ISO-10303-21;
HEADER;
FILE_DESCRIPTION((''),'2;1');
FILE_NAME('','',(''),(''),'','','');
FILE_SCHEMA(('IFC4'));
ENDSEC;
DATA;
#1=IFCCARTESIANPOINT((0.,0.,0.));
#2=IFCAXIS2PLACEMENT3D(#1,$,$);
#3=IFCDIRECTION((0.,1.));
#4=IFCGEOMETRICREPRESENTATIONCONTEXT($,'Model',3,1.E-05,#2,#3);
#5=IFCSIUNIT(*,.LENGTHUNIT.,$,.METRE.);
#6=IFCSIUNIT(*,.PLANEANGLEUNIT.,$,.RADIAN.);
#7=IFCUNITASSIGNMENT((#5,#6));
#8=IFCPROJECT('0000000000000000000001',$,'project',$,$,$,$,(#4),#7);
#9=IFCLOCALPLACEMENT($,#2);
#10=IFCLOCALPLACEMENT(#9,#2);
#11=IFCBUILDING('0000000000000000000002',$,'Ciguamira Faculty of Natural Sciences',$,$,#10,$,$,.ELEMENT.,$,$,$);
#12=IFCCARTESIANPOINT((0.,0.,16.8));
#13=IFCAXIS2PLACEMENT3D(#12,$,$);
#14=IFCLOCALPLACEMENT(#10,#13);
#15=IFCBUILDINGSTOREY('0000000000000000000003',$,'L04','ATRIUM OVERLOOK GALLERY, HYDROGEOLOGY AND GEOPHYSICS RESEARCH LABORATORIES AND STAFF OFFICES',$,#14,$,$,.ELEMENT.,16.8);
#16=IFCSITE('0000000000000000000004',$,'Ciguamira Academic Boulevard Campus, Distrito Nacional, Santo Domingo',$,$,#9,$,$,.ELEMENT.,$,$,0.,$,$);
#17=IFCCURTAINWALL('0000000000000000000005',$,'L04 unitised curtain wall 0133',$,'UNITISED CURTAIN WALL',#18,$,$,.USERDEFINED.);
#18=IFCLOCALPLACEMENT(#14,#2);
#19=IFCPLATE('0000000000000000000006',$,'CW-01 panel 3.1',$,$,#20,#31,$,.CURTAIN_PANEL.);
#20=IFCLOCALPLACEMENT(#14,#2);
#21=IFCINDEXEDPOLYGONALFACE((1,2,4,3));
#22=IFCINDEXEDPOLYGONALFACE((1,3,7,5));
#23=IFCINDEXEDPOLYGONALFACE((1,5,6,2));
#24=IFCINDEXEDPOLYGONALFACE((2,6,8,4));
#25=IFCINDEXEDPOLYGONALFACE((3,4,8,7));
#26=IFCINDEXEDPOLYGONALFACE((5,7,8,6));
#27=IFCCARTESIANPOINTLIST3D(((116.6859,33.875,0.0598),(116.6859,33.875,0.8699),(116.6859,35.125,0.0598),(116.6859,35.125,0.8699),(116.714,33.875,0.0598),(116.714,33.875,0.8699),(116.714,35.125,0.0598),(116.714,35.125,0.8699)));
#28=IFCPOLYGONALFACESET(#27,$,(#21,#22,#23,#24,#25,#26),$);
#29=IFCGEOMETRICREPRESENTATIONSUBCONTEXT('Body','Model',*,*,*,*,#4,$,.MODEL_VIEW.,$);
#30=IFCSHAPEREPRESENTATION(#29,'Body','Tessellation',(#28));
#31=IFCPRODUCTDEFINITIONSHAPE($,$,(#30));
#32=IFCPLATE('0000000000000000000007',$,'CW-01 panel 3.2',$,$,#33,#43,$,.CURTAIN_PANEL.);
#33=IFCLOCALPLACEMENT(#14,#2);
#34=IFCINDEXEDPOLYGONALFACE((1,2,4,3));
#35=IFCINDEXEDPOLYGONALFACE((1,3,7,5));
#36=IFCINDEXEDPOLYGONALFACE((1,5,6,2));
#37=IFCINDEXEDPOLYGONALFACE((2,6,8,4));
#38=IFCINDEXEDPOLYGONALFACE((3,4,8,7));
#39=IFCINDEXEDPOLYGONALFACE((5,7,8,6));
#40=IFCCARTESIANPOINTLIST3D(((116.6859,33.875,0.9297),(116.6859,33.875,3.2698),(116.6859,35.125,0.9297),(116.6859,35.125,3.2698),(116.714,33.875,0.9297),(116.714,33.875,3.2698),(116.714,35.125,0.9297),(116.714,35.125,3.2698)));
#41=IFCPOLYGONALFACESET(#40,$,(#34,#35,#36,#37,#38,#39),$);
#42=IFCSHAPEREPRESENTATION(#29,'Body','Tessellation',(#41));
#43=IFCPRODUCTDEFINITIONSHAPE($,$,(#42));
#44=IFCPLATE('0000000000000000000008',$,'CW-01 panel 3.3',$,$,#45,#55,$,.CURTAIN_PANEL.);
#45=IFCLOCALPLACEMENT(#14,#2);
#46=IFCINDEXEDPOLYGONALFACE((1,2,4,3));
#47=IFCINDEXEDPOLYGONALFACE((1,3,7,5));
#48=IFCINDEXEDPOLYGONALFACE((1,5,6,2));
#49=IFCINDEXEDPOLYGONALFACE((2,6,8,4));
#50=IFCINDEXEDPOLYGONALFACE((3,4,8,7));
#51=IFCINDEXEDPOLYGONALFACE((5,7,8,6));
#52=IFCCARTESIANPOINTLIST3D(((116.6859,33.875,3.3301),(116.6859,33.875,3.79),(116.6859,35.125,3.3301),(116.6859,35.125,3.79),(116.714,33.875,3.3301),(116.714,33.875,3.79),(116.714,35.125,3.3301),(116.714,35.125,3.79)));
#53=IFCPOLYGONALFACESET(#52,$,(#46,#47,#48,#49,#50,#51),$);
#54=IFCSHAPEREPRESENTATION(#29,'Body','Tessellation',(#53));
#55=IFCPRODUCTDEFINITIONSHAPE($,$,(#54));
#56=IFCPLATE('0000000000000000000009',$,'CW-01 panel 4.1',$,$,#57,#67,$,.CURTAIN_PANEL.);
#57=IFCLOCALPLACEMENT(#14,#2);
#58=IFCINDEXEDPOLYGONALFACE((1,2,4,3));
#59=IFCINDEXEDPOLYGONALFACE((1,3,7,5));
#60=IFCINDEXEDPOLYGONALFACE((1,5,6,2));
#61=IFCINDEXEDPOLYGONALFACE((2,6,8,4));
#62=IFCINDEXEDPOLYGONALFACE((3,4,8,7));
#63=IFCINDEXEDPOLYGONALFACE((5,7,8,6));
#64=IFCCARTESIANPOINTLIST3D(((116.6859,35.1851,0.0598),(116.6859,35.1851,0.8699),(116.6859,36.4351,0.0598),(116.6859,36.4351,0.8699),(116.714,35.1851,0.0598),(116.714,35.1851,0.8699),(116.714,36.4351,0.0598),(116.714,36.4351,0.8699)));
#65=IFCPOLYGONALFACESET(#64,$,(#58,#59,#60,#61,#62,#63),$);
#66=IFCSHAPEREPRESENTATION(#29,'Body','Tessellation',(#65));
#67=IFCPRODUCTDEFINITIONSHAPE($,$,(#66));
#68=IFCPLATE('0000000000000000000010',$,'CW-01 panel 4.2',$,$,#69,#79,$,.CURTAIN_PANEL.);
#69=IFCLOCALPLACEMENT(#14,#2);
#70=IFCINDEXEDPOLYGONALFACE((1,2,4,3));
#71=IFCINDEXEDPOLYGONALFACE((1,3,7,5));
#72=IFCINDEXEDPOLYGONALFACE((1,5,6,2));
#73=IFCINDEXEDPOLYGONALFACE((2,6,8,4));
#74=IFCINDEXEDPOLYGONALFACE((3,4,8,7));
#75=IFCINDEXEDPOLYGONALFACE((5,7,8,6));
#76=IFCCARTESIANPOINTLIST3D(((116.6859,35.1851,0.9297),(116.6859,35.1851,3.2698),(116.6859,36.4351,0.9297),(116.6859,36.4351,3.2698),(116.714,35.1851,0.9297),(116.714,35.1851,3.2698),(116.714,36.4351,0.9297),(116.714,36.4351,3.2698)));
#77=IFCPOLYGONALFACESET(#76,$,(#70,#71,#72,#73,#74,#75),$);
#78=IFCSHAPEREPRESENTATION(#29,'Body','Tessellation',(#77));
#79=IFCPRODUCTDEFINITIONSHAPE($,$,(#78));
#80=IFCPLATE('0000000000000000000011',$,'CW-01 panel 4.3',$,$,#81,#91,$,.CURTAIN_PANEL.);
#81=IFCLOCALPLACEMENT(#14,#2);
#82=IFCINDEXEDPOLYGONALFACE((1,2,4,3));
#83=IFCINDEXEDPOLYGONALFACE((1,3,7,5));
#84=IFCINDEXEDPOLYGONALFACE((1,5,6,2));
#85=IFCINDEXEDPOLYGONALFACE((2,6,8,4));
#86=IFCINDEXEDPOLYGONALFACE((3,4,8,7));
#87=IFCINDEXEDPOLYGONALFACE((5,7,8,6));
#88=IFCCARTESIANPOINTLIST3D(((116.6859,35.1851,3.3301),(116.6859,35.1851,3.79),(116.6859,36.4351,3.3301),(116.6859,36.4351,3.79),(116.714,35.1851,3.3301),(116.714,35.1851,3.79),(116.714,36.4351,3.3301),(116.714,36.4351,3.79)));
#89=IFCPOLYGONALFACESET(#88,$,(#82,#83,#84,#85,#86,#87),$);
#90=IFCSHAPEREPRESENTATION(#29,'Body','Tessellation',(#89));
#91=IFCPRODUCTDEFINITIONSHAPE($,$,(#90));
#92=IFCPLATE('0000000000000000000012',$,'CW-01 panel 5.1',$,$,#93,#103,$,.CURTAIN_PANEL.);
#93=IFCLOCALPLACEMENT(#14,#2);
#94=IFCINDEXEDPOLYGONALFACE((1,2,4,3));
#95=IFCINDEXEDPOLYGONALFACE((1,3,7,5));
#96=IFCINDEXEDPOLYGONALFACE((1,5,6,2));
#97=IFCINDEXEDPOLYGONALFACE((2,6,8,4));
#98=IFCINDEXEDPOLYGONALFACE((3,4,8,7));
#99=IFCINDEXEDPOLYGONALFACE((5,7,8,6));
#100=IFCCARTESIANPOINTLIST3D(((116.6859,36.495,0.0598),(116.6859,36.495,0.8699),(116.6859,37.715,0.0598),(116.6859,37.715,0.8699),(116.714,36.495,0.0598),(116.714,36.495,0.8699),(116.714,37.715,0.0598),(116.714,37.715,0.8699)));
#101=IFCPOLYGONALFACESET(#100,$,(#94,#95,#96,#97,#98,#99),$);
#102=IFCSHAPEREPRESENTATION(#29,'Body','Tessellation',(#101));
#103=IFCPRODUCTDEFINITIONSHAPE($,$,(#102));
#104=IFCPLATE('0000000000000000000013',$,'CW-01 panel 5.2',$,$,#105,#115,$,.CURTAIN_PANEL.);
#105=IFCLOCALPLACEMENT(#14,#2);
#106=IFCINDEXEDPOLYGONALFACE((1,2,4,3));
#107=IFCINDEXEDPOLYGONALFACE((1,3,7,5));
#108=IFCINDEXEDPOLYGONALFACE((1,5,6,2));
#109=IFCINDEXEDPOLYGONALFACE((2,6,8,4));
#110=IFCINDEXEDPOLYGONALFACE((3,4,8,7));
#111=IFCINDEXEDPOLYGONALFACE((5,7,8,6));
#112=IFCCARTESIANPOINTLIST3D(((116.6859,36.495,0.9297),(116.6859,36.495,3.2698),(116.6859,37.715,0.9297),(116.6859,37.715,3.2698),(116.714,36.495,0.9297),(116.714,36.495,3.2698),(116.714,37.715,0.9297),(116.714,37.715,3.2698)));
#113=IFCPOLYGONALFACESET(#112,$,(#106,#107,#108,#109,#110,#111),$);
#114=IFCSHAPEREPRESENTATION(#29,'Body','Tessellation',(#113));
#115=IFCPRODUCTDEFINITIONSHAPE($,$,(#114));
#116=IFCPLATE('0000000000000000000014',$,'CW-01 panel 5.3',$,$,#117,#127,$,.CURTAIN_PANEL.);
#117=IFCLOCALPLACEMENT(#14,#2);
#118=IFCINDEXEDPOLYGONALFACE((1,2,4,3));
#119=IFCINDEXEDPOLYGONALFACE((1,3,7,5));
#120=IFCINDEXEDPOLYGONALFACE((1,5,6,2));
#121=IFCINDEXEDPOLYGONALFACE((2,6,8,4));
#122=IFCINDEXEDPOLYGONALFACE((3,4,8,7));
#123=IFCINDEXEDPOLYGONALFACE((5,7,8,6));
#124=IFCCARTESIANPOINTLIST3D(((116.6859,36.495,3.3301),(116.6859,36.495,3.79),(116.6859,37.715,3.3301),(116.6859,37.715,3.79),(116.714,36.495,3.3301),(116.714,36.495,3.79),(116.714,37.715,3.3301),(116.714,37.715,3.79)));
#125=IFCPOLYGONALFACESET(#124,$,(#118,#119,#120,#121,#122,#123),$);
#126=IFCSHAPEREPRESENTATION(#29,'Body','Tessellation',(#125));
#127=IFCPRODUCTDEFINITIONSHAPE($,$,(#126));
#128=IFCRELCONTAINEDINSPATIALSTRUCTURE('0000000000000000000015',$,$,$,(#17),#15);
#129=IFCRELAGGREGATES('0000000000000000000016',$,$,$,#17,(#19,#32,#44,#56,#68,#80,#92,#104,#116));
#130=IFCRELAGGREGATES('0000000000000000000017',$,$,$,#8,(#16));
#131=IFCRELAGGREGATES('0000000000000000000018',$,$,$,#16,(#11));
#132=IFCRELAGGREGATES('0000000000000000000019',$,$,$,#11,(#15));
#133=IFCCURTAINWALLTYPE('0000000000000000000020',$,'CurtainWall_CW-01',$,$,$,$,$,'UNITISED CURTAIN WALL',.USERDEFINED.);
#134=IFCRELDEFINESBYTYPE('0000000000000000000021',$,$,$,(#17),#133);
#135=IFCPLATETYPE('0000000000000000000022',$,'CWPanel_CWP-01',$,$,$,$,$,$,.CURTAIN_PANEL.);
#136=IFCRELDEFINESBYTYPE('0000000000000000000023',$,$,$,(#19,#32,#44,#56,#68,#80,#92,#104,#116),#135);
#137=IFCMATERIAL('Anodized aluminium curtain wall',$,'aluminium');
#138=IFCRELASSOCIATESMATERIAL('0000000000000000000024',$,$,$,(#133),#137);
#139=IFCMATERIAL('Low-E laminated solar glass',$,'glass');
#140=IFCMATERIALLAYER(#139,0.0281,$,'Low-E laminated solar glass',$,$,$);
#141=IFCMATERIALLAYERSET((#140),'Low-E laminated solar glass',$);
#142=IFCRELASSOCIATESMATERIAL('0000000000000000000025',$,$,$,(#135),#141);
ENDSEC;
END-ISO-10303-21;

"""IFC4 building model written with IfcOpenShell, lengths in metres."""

from ifc_helpers import new_model, si_unit, direction, frame, origin, origin_2d, place, context, subcontext, project, spatial, rectangle, extrude, material, layer, layer_set, type_object, element, aggregate, save


model = new_model("IFC4")

# Units and contexts
model_context = context("Model", 3, precision=1e-05, world=origin(), true_north=direction((0.0, 1.0)))
body_context = subcontext(model_context, "Body", "Model", "MODEL_VIEW")
ifc_project = project(units=[si_unit("LENGTHUNIT", "METRE"), si_unit("PLANEANGLEUNIT", "RADIAN")], contexts=[model_context])

# Site, building, storey
site_placement = place(None, origin())
site = spatial("IfcSite", under=ifc_project, at=site_placement, Name="Ciguamira Academic Boulevard Campus, Distrito Nacional, Santo Domingo", CompositionType="ELEMENT", RefElevation=0.0)
building_placement = place(site_placement, origin())
building = spatial("IfcBuilding", under=site, at=building_placement, Name="Ciguamira Faculty of Natural Sciences", CompositionType="ELEMENT")
storey_placement = place(building_placement, frame((0.0, 0.0, 16.8)))
storey = spatial("IfcBuildingStorey", under=building, at=storey_placement, Name="L04", Description="ATRIUM OVERLOOK GALLERY, HYDROGEOLOGY AND GEOPHYSICS RESEARCH LABORATORIES AND STAFF OFFICES", CompositionType="ELEMENT", Elevation=16.8)

# Curtain wall, plates
ifc_material_1 = material(Name="Anodized aluminium curtain wall", Category="aluminium")
curtain_wall_type = type_object("IfcCurtainWallType", Name="CurtainWall_CW-01", ElementType="UNITISED CURTAIN WALL", PredefinedType="USERDEFINED", material=ifc_material_1)
curtain_wall_placement = place(storey_placement, origin())
curtain_wall = element("IfcCurtainWall", 1, at=curtain_wall_placement, inside=storey, type_object=curtain_wall_type, Name="L04 unitised curtain wall 0133", ObjectType="UNITISED CURTAIN WALL", PredefinedType="USERDEFINED")
ifc_material_2 = material(Name="Low-E laminated solar glass", Category="glass")
ifc_layer = layer(ifc_material_2, 0.0281, Name="Low-E laminated solar glass")
ifc_layer_set = layer_set([ifc_layer], Name="Low-E laminated solar glass")
plate_type = type_object("IfcPlateType", Name="CWPanel_CWP-01", PredefinedType="CURTAIN_PANEL", material=ifc_layer_set)
plate_1_placement = place(storey_placement, frame((116.7, 34.5, 0.0598), z_axis=(0.0, 0.0, 1.0), x_axis=(0.0, 1.0, 0.0)))
plate_1 = element("IfcPlate", 2, at=plate_1_placement, type_object=plate_type, Name="CW-01 panel 3.1", PredefinedType="CURTAIN_PANEL", context=body_context, shape_type="SweptSolid", body=[
    extrude(rectangle(XDim=1.25, YDim=0.0281, at=origin_2d()), origin(), (0.0, 0.0, 1.0), 0.8101),
])
plate_2_placement = place(storey_placement, frame((116.7, 34.5, 0.9297), z_axis=(0.0, 0.0, 1.0), x_axis=(0.0, 1.0, 0.0)))
plate_2 = element("IfcPlate", 3, at=plate_2_placement, type_object=plate_type, Name="CW-01 panel 3.2", PredefinedType="CURTAIN_PANEL", context=body_context, shape_type="SweptSolid", body=[
    extrude(rectangle(XDim=1.25, YDim=0.0281, at=origin_2d()), origin(), (0.0, 0.0, 1.0), 2.3401),
])
plate_3_placement = place(storey_placement, frame((116.7, 34.5, 3.3301), z_axis=(0.0, 0.0, 1.0), x_axis=(0.0, 1.0, 0.0)))
plate_3 = element("IfcPlate", 4, at=plate_3_placement, type_object=plate_type, Name="CW-01 panel 3.3", PredefinedType="CURTAIN_PANEL", context=body_context, shape_type="SweptSolid", body=[
    extrude(rectangle(XDim=1.25, YDim=0.0281, at=origin_2d()), origin(), (0.0, 0.0, 1.0), 0.46),
])
plate_4_placement = place(storey_placement, frame((116.7, 35.8101, 0.0598), z_axis=(0.0, 0.0, 1.0), x_axis=(0.0, 1.0, 0.0)))
plate_4 = element("IfcPlate", 5, at=plate_4_placement, type_object=plate_type, Name="CW-01 panel 4.1", PredefinedType="CURTAIN_PANEL", context=body_context, shape_type="SweptSolid", body=[
    extrude(rectangle(XDim=1.25, YDim=0.0281, at=origin_2d()), origin(), (0.0, 0.0, 1.0), 0.8101),
])
plate_5_placement = place(storey_placement, frame((116.7, 35.8101, 0.9297), z_axis=(0.0, 0.0, 1.0), x_axis=(0.0, 1.0, 0.0)))
plate_5 = element("IfcPlate", 6, at=plate_5_placement, type_object=plate_type, Name="CW-01 panel 4.2", PredefinedType="CURTAIN_PANEL", context=body_context, shape_type="SweptSolid", body=[
    extrude(rectangle(XDim=1.25, YDim=0.0281, at=origin_2d()), origin(), (0.0, 0.0, 1.0), 2.3401),
])
plate_6_placement = place(storey_placement, frame((116.7, 35.8101, 3.3301), z_axis=(0.0, 0.0, 1.0), x_axis=(0.0, 1.0, 0.0)))
plate_6 = element("IfcPlate", 7, at=plate_6_placement, type_object=plate_type, Name="CW-01 panel 4.3", PredefinedType="CURTAIN_PANEL", context=body_context, shape_type="SweptSolid", body=[
    extrude(rectangle(XDim=1.25, YDim=0.0281, at=origin_2d()), origin(), (0.0, 0.0, 1.0), 0.46),
])
plate_7_placement = place(storey_placement, frame((116.7, 37.105, 0.0598), z_axis=(0.0, 0.0, 1.0), x_axis=(0.0, 1.0, 0.0)))
plate_7 = element("IfcPlate", 8, at=plate_7_placement, type_object=plate_type, Name="CW-01 panel 5.1", PredefinedType="CURTAIN_PANEL", context=body_context, shape_type="SweptSolid", body=[
    extrude(rectangle(XDim=1.22, YDim=0.0281, at=origin_2d()), origin(), (0.0, 0.0, 1.0), 0.8101),
])
plate_8_placement = place(storey_placement, frame((116.7, 37.105, 0.9297), z_axis=(0.0, 0.0, 1.0), x_axis=(0.0, 1.0, 0.0)))
plate_8 = element("IfcPlate", 9, at=plate_8_placement, type_object=plate_type, Name="CW-01 panel 5.2", PredefinedType="CURTAIN_PANEL", context=body_context, shape_type="SweptSolid", body=[
    extrude(rectangle(XDim=1.22, YDim=0.0281, at=origin_2d()), origin(), (0.0, 0.0, 1.0), 2.3401),
])
plate_9_placement = place(storey_placement, frame((116.7, 37.105, 3.3301), z_axis=(0.0, 0.0, 1.0), x_axis=(0.0, 1.0, 0.0)))
plate_9 = element("IfcPlate", 10, at=plate_9_placement, type_object=plate_type, Name="CW-01 panel 5.3", PredefinedType="CURTAIN_PANEL", context=body_context, shape_type="SweptSolid", body=[
    extrude(rectangle(XDim=1.22, YDim=0.0281, at=origin_2d()), origin(), (0.0, 0.0, 1.0), 0.46),
])
aggregate(curtain_wall, [plate_1, plate_2, plate_3, plate_4, plate_5, plate_6, plate_7, plate_8, plate_9])

save(model, "model.ifc")
